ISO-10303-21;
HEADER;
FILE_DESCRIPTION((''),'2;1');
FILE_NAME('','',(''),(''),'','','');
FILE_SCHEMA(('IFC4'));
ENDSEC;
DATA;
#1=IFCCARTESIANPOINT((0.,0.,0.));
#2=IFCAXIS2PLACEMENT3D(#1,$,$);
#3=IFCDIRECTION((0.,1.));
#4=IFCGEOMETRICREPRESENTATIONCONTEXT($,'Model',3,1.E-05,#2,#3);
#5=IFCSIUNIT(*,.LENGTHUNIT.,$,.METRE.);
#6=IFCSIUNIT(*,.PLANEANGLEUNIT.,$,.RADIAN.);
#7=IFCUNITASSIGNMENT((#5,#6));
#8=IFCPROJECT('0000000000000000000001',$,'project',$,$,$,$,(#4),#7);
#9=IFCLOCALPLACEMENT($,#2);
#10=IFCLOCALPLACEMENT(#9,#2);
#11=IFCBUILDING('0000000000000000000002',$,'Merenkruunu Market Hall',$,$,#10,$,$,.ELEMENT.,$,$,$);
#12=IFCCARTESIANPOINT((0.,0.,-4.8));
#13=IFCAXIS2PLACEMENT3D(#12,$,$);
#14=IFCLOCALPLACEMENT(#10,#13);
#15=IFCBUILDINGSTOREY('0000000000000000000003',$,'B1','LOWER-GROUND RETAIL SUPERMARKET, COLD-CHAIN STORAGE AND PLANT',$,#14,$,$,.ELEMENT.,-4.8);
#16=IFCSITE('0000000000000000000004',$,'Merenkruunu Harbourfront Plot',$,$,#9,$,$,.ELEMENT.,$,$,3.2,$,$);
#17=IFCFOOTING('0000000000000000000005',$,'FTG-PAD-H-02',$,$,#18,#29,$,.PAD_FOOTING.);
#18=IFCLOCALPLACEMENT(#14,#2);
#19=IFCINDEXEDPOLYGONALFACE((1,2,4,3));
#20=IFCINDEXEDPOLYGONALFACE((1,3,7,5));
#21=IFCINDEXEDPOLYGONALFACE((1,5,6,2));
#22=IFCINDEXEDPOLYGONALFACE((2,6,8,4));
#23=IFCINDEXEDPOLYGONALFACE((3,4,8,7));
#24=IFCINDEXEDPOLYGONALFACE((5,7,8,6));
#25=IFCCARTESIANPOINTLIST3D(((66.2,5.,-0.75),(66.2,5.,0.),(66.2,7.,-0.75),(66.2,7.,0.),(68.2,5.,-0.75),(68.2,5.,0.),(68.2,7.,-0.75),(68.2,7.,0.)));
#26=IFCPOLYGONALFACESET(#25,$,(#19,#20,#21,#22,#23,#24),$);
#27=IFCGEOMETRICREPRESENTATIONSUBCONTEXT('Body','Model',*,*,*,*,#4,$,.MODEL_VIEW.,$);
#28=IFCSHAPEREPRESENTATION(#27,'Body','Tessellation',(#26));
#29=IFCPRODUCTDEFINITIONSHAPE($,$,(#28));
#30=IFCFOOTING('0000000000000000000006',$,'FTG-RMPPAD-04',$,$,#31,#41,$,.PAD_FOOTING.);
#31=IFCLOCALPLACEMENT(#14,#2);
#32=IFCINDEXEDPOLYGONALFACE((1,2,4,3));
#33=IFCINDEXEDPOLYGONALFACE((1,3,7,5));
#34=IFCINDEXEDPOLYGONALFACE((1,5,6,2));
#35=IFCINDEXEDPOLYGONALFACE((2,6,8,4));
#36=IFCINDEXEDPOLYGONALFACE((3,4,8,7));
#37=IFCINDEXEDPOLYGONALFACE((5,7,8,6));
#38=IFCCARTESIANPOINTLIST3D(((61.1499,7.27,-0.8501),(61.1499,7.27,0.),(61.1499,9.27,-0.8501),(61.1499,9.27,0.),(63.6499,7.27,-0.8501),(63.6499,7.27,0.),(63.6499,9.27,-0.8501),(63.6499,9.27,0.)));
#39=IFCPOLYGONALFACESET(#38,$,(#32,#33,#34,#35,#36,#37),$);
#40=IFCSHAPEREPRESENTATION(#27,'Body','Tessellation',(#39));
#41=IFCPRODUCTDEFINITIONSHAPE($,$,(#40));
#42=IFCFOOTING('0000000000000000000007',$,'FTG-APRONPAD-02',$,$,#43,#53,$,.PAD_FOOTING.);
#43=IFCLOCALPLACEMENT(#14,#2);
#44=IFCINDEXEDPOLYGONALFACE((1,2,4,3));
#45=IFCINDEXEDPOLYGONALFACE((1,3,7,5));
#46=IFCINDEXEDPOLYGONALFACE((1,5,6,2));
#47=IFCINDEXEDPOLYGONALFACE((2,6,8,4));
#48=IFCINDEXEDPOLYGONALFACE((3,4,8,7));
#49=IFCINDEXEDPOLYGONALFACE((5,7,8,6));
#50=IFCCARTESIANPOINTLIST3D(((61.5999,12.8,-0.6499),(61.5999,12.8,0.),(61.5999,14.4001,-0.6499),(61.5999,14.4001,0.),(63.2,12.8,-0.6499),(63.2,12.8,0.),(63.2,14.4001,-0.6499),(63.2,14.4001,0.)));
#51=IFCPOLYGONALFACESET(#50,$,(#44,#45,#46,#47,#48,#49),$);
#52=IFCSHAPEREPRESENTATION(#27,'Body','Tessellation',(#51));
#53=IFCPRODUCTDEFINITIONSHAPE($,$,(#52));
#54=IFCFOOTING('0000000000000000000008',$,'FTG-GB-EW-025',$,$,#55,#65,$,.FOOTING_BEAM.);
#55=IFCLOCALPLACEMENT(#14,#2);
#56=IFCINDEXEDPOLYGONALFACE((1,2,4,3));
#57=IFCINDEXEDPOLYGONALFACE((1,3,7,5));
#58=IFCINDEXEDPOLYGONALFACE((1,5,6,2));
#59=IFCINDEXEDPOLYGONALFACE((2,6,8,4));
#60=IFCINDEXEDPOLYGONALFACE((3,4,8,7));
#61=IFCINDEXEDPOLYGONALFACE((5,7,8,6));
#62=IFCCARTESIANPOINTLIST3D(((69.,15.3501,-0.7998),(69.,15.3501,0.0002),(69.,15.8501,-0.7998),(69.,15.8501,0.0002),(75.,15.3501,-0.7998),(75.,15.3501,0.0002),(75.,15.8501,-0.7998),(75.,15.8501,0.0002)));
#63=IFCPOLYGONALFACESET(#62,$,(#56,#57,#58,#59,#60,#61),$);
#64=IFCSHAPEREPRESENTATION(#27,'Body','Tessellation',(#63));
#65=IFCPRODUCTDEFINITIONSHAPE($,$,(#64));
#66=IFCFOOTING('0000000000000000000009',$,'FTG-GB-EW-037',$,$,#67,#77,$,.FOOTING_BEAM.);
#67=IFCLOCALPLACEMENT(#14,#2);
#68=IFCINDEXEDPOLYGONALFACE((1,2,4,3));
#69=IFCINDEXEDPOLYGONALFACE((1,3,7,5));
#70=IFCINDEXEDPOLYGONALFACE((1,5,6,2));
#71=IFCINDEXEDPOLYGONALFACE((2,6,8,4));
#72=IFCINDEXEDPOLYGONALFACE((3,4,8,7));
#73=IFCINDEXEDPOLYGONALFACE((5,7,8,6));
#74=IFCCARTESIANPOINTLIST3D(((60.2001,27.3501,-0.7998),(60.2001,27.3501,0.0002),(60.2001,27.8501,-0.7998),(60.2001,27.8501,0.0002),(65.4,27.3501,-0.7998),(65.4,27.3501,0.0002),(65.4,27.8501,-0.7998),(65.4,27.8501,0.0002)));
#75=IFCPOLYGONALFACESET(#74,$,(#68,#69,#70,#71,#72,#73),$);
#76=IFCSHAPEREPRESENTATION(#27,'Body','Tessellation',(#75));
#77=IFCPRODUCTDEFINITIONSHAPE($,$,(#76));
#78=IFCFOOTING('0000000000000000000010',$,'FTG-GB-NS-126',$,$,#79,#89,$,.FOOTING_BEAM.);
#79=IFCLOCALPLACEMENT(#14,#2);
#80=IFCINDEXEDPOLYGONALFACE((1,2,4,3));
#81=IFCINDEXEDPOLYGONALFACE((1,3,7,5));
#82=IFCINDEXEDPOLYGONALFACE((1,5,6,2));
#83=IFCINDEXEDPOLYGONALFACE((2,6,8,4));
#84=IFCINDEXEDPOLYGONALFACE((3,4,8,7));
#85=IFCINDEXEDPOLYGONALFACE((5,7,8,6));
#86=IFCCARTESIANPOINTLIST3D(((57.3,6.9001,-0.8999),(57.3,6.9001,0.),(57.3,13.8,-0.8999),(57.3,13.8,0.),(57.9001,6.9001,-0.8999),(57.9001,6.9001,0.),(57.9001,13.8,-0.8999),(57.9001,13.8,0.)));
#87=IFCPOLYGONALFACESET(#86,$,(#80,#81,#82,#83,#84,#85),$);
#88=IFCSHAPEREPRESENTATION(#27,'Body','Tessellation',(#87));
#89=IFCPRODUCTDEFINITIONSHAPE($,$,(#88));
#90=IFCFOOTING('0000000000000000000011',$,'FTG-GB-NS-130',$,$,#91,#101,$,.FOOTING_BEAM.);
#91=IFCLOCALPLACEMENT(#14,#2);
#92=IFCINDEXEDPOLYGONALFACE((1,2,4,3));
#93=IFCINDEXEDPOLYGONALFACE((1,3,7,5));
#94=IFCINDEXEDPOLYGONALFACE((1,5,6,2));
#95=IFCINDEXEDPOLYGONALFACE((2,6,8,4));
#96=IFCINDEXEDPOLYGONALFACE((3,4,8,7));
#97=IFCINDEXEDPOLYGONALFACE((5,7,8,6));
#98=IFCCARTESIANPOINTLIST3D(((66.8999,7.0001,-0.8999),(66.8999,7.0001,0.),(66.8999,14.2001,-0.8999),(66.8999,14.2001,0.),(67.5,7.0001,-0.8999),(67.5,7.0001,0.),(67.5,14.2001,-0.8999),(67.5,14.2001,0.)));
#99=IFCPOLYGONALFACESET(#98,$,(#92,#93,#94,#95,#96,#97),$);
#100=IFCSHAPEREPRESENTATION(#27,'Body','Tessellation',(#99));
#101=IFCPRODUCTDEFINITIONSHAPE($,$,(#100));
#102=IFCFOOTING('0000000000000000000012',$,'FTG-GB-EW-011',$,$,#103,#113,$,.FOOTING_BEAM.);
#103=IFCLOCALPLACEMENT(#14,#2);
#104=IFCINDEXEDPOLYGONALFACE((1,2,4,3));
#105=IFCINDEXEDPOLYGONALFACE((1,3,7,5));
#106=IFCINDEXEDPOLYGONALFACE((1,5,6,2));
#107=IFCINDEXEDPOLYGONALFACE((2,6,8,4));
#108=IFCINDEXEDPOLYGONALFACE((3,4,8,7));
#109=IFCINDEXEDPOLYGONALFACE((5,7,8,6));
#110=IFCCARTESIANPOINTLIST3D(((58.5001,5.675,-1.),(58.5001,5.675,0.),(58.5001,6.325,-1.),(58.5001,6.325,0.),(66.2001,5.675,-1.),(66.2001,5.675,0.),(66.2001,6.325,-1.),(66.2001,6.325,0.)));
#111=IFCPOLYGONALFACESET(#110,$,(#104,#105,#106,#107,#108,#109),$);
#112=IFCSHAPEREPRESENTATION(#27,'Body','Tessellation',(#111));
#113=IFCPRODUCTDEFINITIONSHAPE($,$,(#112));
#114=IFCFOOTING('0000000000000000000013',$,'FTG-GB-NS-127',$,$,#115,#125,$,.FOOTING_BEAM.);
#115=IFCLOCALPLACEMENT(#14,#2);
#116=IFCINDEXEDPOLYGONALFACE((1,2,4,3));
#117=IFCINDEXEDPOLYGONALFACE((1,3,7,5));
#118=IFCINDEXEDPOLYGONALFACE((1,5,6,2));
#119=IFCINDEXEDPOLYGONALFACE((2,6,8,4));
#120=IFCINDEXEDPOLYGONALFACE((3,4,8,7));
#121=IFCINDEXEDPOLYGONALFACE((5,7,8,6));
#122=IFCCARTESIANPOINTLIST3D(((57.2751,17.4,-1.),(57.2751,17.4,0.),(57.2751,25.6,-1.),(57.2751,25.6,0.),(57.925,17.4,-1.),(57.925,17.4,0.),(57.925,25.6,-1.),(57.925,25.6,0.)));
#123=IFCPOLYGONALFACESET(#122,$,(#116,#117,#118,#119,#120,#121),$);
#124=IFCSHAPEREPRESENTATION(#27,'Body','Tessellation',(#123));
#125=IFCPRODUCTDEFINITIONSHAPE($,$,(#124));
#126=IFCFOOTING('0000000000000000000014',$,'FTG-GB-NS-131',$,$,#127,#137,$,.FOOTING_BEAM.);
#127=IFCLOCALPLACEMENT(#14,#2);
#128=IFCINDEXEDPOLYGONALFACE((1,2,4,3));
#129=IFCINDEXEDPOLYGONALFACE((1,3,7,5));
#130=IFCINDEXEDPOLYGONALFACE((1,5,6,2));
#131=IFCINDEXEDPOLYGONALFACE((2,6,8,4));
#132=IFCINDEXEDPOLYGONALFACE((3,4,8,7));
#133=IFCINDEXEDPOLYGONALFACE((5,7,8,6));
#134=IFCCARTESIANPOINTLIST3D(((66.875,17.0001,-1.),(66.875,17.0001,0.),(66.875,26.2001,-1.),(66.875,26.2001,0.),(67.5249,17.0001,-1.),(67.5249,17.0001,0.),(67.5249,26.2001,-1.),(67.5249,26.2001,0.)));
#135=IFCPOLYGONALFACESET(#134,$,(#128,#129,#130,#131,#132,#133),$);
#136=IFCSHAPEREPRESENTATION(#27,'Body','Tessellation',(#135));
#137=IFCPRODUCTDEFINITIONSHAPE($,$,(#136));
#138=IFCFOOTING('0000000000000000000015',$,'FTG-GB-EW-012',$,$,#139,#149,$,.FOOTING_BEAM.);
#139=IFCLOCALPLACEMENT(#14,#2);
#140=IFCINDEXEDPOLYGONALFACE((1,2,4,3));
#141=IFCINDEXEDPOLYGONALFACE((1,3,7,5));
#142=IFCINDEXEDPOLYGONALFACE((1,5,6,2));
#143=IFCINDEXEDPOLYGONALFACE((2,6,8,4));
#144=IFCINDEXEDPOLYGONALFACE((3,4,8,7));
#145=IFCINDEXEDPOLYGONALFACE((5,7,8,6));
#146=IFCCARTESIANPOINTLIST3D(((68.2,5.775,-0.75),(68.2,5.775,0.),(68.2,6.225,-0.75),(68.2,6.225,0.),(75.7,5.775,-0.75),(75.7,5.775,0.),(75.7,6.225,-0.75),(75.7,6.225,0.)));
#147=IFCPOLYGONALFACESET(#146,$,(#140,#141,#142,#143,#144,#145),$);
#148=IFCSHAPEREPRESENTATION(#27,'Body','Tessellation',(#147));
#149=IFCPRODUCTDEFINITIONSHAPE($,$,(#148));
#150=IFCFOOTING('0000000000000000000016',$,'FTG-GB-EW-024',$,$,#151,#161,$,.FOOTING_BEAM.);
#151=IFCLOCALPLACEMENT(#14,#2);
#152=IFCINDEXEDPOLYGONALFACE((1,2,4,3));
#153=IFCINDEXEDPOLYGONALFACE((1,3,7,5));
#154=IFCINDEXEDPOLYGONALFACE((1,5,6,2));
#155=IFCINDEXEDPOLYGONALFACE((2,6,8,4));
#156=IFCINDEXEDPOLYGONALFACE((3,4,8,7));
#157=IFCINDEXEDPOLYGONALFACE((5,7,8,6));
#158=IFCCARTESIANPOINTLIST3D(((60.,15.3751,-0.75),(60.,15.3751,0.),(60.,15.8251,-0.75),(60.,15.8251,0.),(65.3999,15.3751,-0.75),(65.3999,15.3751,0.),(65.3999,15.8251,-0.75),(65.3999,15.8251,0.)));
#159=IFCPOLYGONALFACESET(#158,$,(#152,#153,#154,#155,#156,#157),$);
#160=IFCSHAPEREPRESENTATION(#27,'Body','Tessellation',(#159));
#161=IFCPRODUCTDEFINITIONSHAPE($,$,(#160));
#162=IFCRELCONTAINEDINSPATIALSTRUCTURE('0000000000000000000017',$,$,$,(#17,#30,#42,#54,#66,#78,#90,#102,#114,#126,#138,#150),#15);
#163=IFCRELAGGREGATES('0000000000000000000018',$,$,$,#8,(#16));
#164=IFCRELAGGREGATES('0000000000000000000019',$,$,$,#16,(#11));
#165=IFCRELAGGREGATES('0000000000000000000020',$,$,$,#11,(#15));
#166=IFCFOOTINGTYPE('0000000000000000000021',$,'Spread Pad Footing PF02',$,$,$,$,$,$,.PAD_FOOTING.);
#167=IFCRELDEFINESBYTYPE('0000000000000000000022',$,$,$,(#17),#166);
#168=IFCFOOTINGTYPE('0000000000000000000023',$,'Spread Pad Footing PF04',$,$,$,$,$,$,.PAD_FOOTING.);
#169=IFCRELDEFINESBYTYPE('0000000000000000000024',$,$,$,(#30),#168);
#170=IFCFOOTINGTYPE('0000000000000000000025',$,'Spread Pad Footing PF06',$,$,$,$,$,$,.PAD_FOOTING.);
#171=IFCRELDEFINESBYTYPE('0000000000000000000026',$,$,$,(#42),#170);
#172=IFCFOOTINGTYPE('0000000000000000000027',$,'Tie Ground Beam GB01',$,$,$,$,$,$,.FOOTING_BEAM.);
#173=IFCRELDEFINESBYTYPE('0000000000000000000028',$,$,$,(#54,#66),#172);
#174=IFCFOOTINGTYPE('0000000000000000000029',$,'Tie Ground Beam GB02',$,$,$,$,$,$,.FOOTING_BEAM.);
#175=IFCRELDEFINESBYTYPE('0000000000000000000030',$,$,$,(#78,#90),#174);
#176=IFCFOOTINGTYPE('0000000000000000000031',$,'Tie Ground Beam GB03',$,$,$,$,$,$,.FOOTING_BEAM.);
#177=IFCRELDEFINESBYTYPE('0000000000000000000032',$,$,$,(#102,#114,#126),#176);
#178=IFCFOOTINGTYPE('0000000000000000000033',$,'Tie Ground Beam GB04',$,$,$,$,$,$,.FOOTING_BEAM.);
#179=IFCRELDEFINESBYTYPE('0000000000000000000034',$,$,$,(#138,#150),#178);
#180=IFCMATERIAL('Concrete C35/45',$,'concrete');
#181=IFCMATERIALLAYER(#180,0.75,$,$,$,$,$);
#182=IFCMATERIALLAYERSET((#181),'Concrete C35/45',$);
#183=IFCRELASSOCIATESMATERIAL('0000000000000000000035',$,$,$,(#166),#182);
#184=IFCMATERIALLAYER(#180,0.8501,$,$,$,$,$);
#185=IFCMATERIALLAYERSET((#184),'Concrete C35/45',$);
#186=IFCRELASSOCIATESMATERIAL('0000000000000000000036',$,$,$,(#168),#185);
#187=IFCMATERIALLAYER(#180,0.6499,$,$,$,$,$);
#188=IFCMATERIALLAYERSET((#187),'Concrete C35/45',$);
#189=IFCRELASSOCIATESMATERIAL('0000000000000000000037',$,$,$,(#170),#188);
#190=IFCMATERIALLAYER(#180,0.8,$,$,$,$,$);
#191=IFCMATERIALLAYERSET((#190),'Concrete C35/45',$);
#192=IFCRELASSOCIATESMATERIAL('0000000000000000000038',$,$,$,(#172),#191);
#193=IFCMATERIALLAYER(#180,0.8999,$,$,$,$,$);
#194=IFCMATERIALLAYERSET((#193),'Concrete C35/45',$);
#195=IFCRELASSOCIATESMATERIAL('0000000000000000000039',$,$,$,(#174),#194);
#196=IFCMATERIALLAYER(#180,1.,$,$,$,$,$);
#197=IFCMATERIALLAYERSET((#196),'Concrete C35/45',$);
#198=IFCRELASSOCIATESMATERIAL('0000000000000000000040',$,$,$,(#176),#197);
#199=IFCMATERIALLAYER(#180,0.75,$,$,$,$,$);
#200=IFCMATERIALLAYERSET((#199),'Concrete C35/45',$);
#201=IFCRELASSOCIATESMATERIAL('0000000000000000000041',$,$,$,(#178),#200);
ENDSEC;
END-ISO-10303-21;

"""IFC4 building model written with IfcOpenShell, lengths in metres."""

from ifc_helpers import new_model, si_unit, direction, frame, origin, origin_2d, place, context, subcontext, project, spatial, rectangle, extrude, material, layer, layer_set, type_object, element, save


model = new_model("IFC4")

# Units and contexts
model_context = context("Model", 3, precision=1e-05, world=origin(), true_north=direction((0.0, 1.0)))
body_context = subcontext(model_context, "Body", "Model", "MODEL_VIEW")
ifc_project = project(units=[si_unit("LENGTHUNIT", "METRE"), si_unit("PLANEANGLEUNIT", "RADIAN")], contexts=[model_context])

# Site, building, storey
site_placement = place(None, origin())
site = spatial("IfcSite", under=ifc_project, at=site_placement, Name="Merenkruunu Harbourfront Plot", CompositionType="ELEMENT", RefElevation=3.2)
building_placement = place(site_placement, origin())
building = spatial("IfcBuilding", under=site, at=building_placement, Name="Merenkruunu Market Hall", CompositionType="ELEMENT")
storey_placement = place(building_placement, frame((0.0, 0.0, -4.8)))
storey = spatial("IfcBuildingStorey", under=building, at=storey_placement, Name="B1", Description="LOWER-GROUND RETAIL SUPERMARKET, COLD-CHAIN STORAGE AND PLANT", CompositionType="ELEMENT", Elevation=-4.8)

# Shared definitions
ifc_material_1 = material(Name="Concrete C35/45", Category="concrete")

# Footings
ifc_layer_1 = layer(ifc_material_1, 0.75)
ifc_layer_set_1 = layer_set([ifc_layer_1], Name="Concrete C35/45")
footing_type_1 = type_object("IfcFootingType", Name="Spread Pad Footing PF02", PredefinedType="PAD_FOOTING", material=ifc_layer_set_1)
footing_1_placement = place(storey_placement, frame((67.2, 6.0, -0.75), z_axis=(0.0, 0.0, 1.0), x_axis=(1.0, 0.0, 0.0)))
element("IfcFooting", 1, at=footing_1_placement, inside=storey, type_object=footing_type_1, Name="FTG-PAD-H-02", PredefinedType="PAD_FOOTING", context=body_context, shape_type="SweptSolid", body=[
    extrude(rectangle(XDim=2.0, YDim=2.0, at=origin_2d()), origin(), (0.0, 0.0, 1.0), 0.75),
])
ifc_layer_2 = layer(ifc_material_1, 0.8501)
ifc_layer_set_2 = layer_set([ifc_layer_2], Name="Concrete C35/45")
footing_type_2 = type_object("IfcFootingType", Name="Spread Pad Footing PF04", PredefinedType="PAD_FOOTING", material=ifc_layer_set_2)
footing_2_placement = place(storey_placement, frame((62.3999, 8.27, -0.8501), z_axis=(0.0, 0.0, 1.0), x_axis=(1.0, 0.0, 0.0)))
element("IfcFooting", 2, at=footing_2_placement, inside=storey, type_object=footing_type_2, Name="FTG-RMPPAD-04", PredefinedType="PAD_FOOTING", context=body_context, shape_type="SweptSolid", body=[
    extrude(rectangle(XDim=2.5, YDim=2.0, at=origin_2d()), origin(), (0.0, 0.0, 1.0), 0.8501),
])
ifc_layer_3 = layer(ifc_material_1, 0.6499)
ifc_layer_set_3 = layer_set([ifc_layer_3], Name="Concrete C35/45")
footing_type_3 = type_object("IfcFootingType", Name="Spread Pad Footing PF06", PredefinedType="PAD_FOOTING", material=ifc_layer_set_3)
footing_3_placement = place(storey_placement, frame((62.3999, 13.6001, -0.6499), z_axis=(0.0, 0.0, 1.0), x_axis=(1.0, 0.0, 0.0)))
element("IfcFooting", 3, at=footing_3_placement, inside=storey, type_object=footing_type_3, Name="FTG-APRONPAD-02", PredefinedType="PAD_FOOTING", context=body_context, shape_type="SweptSolid", body=[
    extrude(rectangle(XDim=1.6001, YDim=1.6001, at=origin_2d()), origin(), (0.0, 0.0, 1.0), 0.6499),
])
ifc_layer_4 = layer(ifc_material_1, 0.8)
ifc_layer_set_4 = layer_set([ifc_layer_4], Name="Concrete C35/45")
footing_type_4 = type_object("IfcFootingType", Name="Tie Ground Beam GB01", PredefinedType="FOOTING_BEAM", material=ifc_layer_set_4)
footing_4_placement = place(storey_placement, frame((72.0, 15.6001, -0.7998), z_axis=(0.0, 0.0, 1.0), x_axis=(1.0, 0.0, 0.0)))
element("IfcFooting", 4, at=footing_4_placement, inside=storey, type_object=footing_type_4, Name="FTG-GB-EW-025", PredefinedType="FOOTING_BEAM", context=body_context, shape_type="SweptSolid", body=[
    extrude(rectangle(XDim=6.0, YDim=0.5, at=origin_2d()), origin(), (0.0, 0.0, 1.0), 0.8),
])
footing_5_placement = place(storey_placement, frame((62.8, 27.6001, -0.7998), z_axis=(0.0, 0.0, 1.0), x_axis=(1.0, 0.0, 0.0)))
element("IfcFooting", 5, at=footing_5_placement, inside=storey, type_object=footing_type_4, Name="FTG-GB-EW-037", PredefinedType="FOOTING_BEAM", context=body_context, shape_type="SweptSolid", body=[
    extrude(rectangle(XDim=5.2, YDim=0.5, at=origin_2d()), origin(), (0.0, 0.0, 1.0), 0.8),
])
ifc_layer_5 = layer(ifc_material_1, 0.8999)
ifc_layer_set_5 = layer_set([ifc_layer_5], Name="Concrete C35/45")
footing_type_5 = type_object("IfcFootingType", Name="Tie Ground Beam GB02", PredefinedType="FOOTING_BEAM", material=ifc_layer_set_5)
footing_6_placement = place(storey_placement, frame((57.6001, 10.3501, -0.8999), z_axis=(0.0, 0.0, 1.0), x_axis=(0.0, 1.0, 0.0)))
element("IfcFooting", 6, at=footing_6_placement, inside=storey, type_object=footing_type_5, Name="FTG-GB-NS-126", PredefinedType="FOOTING_BEAM", context=body_context, shape_type="SweptSolid", body=[
    extrude(rectangle(XDim=6.8999, YDim=0.6001, at=origin_2d()), origin(), (0.0, 0.0, 1.0), 0.8999),
])
footing_7_placement = place(storey_placement, frame((67.2, 10.6001, -0.8999), z_axis=(0.0, 0.0, 1.0), x_axis=(0.0, 1.0, 0.0)))
element("IfcFooting", 7, at=footing_7_placement, inside=storey, type_object=footing_type_5, Name="FTG-GB-NS-130", PredefinedType="FOOTING_BEAM", context=body_context, shape_type="SweptSolid", body=[
    extrude(rectangle(XDim=7.2, YDim=0.6001, at=origin_2d()), origin(), (0.0, 0.0, 1.0), 0.8999),
])
ifc_layer_6 = layer(ifc_material_1, 1.0)
ifc_layer_set_6 = layer_set([ifc_layer_6], Name="Concrete C35/45")
footing_type_6 = type_object("IfcFootingType", Name="Tie Ground Beam GB03", PredefinedType="FOOTING_BEAM", material=ifc_layer_set_6)
footing_8_placement = place(storey_placement, frame((62.3501, 6.0, -1.0), z_axis=(0.0, 0.0, 1.0), x_axis=(1.0, 0.0, 0.0)))
element("IfcFooting", 8, at=footing_8_placement, inside=storey, type_object=footing_type_6, Name="FTG-GB-EW-011", PredefinedType="FOOTING_BEAM", context=body_context, shape_type="SweptSolid", body=[
    extrude(rectangle(XDim=7.7, YDim=0.6499, at=origin_2d()), origin(), (0.0, 0.0, 1.0), 1.0),
])
footing_9_placement = place(storey_placement, frame((57.6001, 21.5, -1.0), z_axis=(0.0, 0.0, 1.0), x_axis=(0.0, 1.0, 0.0)))
element("IfcFooting", 9, at=footing_9_placement, inside=storey, type_object=footing_type_6, Name="FTG-GB-NS-127", PredefinedType="FOOTING_BEAM", context=body_context, shape_type="SweptSolid", body=[
    extrude(rectangle(XDim=8.2, YDim=0.6499, at=origin_2d()), origin(), (0.0, 0.0, 1.0), 1.0),
])
footing_10_placement = place(storey_placement, frame((67.2, 21.6001, -1.0), z_axis=(0.0, 0.0, 1.0), x_axis=(0.0, 1.0, 0.0)))
element("IfcFooting", 10, at=footing_10_placement, inside=storey, type_object=footing_type_6, Name="FTG-GB-NS-131", PredefinedType="FOOTING_BEAM", context=body_context, shape_type="SweptSolid", body=[
    extrude(rectangle(XDim=9.2, YDim=0.6499, at=origin_2d()), origin(), (0.0, 0.0, 1.0), 1.0),
])
ifc_layer_7 = layer(ifc_material_1, 0.75)
ifc_layer_set_7 = layer_set([ifc_layer_7], Name="Concrete C35/45")
footing_type_7 = type_object("IfcFootingType", Name="Tie Ground Beam GB04", PredefinedType="FOOTING_BEAM", material=ifc_layer_set_7)
footing_11_placement = place(storey_placement, frame((71.95, 6.0, -0.75), z_axis=(0.0, 0.0, 1.0), x_axis=(1.0, 0.0, 0.0)))
element("IfcFooting", 11, at=footing_11_placement, inside=storey, type_object=footing_type_7, Name="FTG-GB-EW-012", PredefinedType="FOOTING_BEAM", context=body_context, shape_type="SweptSolid", body=[
    extrude(rectangle(XDim=7.5, YDim=0.45, at=origin_2d()), origin(), (0.0, 0.0, 1.0), 0.75),
])
footing_12_placement = place(storey_placement, frame((62.7, 15.6001, -0.75), z_axis=(0.0, 0.0, 1.0), x_axis=(1.0, 0.0, 0.0)))
element("IfcFooting", 12, at=footing_12_placement, inside=storey, type_object=footing_type_7, Name="FTG-GB-EW-024", PredefinedType="FOOTING_BEAM", context=body_context, shape_type="SweptSolid", body=[
    extrude(rectangle(XDim=5.3999, YDim=0.45, at=origin_2d()), origin(), (0.0, 0.0, 1.0), 0.75),
])

save(model, "model.ifc")
